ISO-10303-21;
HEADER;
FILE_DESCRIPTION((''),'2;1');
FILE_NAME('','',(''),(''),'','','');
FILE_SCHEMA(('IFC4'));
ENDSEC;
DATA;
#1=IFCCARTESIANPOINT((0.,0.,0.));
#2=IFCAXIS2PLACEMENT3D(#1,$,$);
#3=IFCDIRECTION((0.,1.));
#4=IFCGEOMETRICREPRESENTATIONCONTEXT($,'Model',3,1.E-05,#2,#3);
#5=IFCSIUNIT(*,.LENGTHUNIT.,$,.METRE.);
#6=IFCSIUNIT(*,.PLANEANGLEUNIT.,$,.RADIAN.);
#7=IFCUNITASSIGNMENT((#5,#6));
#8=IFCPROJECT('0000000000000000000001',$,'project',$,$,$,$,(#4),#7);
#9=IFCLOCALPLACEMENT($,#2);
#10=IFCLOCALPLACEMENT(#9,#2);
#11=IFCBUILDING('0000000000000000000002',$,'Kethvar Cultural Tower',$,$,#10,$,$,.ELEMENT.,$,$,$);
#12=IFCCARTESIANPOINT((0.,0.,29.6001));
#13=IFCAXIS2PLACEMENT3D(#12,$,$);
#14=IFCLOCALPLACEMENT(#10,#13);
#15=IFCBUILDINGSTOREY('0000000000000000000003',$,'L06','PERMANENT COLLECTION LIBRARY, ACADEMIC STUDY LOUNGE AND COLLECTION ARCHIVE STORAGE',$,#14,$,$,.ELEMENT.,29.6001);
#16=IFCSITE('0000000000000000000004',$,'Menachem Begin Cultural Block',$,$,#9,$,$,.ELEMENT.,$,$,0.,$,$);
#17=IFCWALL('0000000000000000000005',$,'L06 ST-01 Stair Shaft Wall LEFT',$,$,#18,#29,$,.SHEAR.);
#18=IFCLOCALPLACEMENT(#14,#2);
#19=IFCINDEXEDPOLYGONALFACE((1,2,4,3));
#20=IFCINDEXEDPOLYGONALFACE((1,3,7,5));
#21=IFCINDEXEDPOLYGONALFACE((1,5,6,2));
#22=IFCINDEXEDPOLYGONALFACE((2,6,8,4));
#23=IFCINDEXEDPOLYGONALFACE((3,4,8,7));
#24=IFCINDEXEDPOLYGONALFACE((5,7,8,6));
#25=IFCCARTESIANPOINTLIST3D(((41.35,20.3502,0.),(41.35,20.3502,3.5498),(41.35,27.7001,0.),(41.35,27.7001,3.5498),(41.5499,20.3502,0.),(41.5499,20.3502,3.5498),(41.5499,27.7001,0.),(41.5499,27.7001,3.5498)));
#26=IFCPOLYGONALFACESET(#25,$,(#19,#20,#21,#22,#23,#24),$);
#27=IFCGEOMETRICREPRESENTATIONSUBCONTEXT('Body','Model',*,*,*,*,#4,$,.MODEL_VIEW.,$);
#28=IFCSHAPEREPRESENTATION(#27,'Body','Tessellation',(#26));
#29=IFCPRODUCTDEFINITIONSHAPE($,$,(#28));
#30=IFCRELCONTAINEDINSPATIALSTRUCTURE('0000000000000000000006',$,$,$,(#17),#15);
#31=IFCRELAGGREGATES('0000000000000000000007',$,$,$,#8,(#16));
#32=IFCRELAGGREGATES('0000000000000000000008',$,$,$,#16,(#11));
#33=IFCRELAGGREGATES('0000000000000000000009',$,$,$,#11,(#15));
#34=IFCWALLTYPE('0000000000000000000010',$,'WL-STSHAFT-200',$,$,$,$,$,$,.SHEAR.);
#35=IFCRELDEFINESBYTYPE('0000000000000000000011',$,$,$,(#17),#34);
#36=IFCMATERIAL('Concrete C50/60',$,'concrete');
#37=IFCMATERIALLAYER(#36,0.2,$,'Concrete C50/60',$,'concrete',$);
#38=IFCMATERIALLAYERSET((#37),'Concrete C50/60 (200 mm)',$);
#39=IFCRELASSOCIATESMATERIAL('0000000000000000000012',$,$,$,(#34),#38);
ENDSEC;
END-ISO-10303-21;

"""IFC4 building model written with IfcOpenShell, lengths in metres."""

from ifc_helpers import new_model, si_unit, direction, frame, frame_2d, origin, place, context, subcontext, project, spatial, rectangle, extrude, material, layer, layer_set, type_object, element, save


model = new_model("IFC4")

# Units and contexts
model_context = context("Model", 3, precision=1e-05, world=origin(), true_north=direction((0.0, 1.0)))
body_context = subcontext(model_context, "Body", "Model", "MODEL_VIEW")
ifc_project = project(units=[si_unit("LENGTHUNIT", "METRE"), si_unit("PLANEANGLEUNIT", "RADIAN")], contexts=[model_context])

# Site, building, storey
site_placement = place(None, origin())
site = spatial("IfcSite", under=ifc_project, at=site_placement, Name="Menachem Begin Cultural Block", CompositionType="ELEMENT", RefElevation=0.0)
building_placement = place(site_placement, origin())
building = spatial("IfcBuilding", under=site, at=building_placement, Name="Kethvar Cultural Tower", CompositionType="ELEMENT")
storey_placement = place(building_placement, frame((0.0, 0.0, 29.6001)))
storey = spatial("IfcBuildingStorey", under=building, at=storey_placement, Name="L06", Description="PERMANENT COLLECTION LIBRARY, ACADEMIC STUDY LOUNGE AND COLLECTION ARCHIVE STORAGE", CompositionType="ELEMENT", Elevation=29.6001)

# Wall
ifc_material_1 = material(Name="Concrete C50/60", Category="concrete")
ifc_layer_1 = layer(ifc_material_1, 0.2, Name="Concrete C50/60", Category="concrete")
ifc_layer_set_1 = layer_set([ifc_layer_1], Name="Concrete C50/60 (200 mm)")
wall_type_1 = type_object("IfcWallType", Name="WL-STSHAFT-200", PredefinedType="SHEAR", material=ifc_layer_set_1)
wall_1_placement = place(storey_placement, frame((41.45, 27.7, 0.0), z_axis=(0.0, 0.0, 1.0), x_axis=(0.0, -1.0, 0.0)))
element("IfcWall", 1, at=wall_1_placement, inside=storey, type_object=wall_type_1, Name="L06 ST-01 Stair Shaft Wall LEFT", PredefinedType="SHEAR", context=body_context, shape_type="SweptSolid", body=[
    extrude(rectangle(XDim=7.3499, YDim=0.2, at=frame_2d((3.6748, 0.0))), origin(), (0.0, 0.0, 1.0), 3.5498),
])

save(model, "model.ifc")
